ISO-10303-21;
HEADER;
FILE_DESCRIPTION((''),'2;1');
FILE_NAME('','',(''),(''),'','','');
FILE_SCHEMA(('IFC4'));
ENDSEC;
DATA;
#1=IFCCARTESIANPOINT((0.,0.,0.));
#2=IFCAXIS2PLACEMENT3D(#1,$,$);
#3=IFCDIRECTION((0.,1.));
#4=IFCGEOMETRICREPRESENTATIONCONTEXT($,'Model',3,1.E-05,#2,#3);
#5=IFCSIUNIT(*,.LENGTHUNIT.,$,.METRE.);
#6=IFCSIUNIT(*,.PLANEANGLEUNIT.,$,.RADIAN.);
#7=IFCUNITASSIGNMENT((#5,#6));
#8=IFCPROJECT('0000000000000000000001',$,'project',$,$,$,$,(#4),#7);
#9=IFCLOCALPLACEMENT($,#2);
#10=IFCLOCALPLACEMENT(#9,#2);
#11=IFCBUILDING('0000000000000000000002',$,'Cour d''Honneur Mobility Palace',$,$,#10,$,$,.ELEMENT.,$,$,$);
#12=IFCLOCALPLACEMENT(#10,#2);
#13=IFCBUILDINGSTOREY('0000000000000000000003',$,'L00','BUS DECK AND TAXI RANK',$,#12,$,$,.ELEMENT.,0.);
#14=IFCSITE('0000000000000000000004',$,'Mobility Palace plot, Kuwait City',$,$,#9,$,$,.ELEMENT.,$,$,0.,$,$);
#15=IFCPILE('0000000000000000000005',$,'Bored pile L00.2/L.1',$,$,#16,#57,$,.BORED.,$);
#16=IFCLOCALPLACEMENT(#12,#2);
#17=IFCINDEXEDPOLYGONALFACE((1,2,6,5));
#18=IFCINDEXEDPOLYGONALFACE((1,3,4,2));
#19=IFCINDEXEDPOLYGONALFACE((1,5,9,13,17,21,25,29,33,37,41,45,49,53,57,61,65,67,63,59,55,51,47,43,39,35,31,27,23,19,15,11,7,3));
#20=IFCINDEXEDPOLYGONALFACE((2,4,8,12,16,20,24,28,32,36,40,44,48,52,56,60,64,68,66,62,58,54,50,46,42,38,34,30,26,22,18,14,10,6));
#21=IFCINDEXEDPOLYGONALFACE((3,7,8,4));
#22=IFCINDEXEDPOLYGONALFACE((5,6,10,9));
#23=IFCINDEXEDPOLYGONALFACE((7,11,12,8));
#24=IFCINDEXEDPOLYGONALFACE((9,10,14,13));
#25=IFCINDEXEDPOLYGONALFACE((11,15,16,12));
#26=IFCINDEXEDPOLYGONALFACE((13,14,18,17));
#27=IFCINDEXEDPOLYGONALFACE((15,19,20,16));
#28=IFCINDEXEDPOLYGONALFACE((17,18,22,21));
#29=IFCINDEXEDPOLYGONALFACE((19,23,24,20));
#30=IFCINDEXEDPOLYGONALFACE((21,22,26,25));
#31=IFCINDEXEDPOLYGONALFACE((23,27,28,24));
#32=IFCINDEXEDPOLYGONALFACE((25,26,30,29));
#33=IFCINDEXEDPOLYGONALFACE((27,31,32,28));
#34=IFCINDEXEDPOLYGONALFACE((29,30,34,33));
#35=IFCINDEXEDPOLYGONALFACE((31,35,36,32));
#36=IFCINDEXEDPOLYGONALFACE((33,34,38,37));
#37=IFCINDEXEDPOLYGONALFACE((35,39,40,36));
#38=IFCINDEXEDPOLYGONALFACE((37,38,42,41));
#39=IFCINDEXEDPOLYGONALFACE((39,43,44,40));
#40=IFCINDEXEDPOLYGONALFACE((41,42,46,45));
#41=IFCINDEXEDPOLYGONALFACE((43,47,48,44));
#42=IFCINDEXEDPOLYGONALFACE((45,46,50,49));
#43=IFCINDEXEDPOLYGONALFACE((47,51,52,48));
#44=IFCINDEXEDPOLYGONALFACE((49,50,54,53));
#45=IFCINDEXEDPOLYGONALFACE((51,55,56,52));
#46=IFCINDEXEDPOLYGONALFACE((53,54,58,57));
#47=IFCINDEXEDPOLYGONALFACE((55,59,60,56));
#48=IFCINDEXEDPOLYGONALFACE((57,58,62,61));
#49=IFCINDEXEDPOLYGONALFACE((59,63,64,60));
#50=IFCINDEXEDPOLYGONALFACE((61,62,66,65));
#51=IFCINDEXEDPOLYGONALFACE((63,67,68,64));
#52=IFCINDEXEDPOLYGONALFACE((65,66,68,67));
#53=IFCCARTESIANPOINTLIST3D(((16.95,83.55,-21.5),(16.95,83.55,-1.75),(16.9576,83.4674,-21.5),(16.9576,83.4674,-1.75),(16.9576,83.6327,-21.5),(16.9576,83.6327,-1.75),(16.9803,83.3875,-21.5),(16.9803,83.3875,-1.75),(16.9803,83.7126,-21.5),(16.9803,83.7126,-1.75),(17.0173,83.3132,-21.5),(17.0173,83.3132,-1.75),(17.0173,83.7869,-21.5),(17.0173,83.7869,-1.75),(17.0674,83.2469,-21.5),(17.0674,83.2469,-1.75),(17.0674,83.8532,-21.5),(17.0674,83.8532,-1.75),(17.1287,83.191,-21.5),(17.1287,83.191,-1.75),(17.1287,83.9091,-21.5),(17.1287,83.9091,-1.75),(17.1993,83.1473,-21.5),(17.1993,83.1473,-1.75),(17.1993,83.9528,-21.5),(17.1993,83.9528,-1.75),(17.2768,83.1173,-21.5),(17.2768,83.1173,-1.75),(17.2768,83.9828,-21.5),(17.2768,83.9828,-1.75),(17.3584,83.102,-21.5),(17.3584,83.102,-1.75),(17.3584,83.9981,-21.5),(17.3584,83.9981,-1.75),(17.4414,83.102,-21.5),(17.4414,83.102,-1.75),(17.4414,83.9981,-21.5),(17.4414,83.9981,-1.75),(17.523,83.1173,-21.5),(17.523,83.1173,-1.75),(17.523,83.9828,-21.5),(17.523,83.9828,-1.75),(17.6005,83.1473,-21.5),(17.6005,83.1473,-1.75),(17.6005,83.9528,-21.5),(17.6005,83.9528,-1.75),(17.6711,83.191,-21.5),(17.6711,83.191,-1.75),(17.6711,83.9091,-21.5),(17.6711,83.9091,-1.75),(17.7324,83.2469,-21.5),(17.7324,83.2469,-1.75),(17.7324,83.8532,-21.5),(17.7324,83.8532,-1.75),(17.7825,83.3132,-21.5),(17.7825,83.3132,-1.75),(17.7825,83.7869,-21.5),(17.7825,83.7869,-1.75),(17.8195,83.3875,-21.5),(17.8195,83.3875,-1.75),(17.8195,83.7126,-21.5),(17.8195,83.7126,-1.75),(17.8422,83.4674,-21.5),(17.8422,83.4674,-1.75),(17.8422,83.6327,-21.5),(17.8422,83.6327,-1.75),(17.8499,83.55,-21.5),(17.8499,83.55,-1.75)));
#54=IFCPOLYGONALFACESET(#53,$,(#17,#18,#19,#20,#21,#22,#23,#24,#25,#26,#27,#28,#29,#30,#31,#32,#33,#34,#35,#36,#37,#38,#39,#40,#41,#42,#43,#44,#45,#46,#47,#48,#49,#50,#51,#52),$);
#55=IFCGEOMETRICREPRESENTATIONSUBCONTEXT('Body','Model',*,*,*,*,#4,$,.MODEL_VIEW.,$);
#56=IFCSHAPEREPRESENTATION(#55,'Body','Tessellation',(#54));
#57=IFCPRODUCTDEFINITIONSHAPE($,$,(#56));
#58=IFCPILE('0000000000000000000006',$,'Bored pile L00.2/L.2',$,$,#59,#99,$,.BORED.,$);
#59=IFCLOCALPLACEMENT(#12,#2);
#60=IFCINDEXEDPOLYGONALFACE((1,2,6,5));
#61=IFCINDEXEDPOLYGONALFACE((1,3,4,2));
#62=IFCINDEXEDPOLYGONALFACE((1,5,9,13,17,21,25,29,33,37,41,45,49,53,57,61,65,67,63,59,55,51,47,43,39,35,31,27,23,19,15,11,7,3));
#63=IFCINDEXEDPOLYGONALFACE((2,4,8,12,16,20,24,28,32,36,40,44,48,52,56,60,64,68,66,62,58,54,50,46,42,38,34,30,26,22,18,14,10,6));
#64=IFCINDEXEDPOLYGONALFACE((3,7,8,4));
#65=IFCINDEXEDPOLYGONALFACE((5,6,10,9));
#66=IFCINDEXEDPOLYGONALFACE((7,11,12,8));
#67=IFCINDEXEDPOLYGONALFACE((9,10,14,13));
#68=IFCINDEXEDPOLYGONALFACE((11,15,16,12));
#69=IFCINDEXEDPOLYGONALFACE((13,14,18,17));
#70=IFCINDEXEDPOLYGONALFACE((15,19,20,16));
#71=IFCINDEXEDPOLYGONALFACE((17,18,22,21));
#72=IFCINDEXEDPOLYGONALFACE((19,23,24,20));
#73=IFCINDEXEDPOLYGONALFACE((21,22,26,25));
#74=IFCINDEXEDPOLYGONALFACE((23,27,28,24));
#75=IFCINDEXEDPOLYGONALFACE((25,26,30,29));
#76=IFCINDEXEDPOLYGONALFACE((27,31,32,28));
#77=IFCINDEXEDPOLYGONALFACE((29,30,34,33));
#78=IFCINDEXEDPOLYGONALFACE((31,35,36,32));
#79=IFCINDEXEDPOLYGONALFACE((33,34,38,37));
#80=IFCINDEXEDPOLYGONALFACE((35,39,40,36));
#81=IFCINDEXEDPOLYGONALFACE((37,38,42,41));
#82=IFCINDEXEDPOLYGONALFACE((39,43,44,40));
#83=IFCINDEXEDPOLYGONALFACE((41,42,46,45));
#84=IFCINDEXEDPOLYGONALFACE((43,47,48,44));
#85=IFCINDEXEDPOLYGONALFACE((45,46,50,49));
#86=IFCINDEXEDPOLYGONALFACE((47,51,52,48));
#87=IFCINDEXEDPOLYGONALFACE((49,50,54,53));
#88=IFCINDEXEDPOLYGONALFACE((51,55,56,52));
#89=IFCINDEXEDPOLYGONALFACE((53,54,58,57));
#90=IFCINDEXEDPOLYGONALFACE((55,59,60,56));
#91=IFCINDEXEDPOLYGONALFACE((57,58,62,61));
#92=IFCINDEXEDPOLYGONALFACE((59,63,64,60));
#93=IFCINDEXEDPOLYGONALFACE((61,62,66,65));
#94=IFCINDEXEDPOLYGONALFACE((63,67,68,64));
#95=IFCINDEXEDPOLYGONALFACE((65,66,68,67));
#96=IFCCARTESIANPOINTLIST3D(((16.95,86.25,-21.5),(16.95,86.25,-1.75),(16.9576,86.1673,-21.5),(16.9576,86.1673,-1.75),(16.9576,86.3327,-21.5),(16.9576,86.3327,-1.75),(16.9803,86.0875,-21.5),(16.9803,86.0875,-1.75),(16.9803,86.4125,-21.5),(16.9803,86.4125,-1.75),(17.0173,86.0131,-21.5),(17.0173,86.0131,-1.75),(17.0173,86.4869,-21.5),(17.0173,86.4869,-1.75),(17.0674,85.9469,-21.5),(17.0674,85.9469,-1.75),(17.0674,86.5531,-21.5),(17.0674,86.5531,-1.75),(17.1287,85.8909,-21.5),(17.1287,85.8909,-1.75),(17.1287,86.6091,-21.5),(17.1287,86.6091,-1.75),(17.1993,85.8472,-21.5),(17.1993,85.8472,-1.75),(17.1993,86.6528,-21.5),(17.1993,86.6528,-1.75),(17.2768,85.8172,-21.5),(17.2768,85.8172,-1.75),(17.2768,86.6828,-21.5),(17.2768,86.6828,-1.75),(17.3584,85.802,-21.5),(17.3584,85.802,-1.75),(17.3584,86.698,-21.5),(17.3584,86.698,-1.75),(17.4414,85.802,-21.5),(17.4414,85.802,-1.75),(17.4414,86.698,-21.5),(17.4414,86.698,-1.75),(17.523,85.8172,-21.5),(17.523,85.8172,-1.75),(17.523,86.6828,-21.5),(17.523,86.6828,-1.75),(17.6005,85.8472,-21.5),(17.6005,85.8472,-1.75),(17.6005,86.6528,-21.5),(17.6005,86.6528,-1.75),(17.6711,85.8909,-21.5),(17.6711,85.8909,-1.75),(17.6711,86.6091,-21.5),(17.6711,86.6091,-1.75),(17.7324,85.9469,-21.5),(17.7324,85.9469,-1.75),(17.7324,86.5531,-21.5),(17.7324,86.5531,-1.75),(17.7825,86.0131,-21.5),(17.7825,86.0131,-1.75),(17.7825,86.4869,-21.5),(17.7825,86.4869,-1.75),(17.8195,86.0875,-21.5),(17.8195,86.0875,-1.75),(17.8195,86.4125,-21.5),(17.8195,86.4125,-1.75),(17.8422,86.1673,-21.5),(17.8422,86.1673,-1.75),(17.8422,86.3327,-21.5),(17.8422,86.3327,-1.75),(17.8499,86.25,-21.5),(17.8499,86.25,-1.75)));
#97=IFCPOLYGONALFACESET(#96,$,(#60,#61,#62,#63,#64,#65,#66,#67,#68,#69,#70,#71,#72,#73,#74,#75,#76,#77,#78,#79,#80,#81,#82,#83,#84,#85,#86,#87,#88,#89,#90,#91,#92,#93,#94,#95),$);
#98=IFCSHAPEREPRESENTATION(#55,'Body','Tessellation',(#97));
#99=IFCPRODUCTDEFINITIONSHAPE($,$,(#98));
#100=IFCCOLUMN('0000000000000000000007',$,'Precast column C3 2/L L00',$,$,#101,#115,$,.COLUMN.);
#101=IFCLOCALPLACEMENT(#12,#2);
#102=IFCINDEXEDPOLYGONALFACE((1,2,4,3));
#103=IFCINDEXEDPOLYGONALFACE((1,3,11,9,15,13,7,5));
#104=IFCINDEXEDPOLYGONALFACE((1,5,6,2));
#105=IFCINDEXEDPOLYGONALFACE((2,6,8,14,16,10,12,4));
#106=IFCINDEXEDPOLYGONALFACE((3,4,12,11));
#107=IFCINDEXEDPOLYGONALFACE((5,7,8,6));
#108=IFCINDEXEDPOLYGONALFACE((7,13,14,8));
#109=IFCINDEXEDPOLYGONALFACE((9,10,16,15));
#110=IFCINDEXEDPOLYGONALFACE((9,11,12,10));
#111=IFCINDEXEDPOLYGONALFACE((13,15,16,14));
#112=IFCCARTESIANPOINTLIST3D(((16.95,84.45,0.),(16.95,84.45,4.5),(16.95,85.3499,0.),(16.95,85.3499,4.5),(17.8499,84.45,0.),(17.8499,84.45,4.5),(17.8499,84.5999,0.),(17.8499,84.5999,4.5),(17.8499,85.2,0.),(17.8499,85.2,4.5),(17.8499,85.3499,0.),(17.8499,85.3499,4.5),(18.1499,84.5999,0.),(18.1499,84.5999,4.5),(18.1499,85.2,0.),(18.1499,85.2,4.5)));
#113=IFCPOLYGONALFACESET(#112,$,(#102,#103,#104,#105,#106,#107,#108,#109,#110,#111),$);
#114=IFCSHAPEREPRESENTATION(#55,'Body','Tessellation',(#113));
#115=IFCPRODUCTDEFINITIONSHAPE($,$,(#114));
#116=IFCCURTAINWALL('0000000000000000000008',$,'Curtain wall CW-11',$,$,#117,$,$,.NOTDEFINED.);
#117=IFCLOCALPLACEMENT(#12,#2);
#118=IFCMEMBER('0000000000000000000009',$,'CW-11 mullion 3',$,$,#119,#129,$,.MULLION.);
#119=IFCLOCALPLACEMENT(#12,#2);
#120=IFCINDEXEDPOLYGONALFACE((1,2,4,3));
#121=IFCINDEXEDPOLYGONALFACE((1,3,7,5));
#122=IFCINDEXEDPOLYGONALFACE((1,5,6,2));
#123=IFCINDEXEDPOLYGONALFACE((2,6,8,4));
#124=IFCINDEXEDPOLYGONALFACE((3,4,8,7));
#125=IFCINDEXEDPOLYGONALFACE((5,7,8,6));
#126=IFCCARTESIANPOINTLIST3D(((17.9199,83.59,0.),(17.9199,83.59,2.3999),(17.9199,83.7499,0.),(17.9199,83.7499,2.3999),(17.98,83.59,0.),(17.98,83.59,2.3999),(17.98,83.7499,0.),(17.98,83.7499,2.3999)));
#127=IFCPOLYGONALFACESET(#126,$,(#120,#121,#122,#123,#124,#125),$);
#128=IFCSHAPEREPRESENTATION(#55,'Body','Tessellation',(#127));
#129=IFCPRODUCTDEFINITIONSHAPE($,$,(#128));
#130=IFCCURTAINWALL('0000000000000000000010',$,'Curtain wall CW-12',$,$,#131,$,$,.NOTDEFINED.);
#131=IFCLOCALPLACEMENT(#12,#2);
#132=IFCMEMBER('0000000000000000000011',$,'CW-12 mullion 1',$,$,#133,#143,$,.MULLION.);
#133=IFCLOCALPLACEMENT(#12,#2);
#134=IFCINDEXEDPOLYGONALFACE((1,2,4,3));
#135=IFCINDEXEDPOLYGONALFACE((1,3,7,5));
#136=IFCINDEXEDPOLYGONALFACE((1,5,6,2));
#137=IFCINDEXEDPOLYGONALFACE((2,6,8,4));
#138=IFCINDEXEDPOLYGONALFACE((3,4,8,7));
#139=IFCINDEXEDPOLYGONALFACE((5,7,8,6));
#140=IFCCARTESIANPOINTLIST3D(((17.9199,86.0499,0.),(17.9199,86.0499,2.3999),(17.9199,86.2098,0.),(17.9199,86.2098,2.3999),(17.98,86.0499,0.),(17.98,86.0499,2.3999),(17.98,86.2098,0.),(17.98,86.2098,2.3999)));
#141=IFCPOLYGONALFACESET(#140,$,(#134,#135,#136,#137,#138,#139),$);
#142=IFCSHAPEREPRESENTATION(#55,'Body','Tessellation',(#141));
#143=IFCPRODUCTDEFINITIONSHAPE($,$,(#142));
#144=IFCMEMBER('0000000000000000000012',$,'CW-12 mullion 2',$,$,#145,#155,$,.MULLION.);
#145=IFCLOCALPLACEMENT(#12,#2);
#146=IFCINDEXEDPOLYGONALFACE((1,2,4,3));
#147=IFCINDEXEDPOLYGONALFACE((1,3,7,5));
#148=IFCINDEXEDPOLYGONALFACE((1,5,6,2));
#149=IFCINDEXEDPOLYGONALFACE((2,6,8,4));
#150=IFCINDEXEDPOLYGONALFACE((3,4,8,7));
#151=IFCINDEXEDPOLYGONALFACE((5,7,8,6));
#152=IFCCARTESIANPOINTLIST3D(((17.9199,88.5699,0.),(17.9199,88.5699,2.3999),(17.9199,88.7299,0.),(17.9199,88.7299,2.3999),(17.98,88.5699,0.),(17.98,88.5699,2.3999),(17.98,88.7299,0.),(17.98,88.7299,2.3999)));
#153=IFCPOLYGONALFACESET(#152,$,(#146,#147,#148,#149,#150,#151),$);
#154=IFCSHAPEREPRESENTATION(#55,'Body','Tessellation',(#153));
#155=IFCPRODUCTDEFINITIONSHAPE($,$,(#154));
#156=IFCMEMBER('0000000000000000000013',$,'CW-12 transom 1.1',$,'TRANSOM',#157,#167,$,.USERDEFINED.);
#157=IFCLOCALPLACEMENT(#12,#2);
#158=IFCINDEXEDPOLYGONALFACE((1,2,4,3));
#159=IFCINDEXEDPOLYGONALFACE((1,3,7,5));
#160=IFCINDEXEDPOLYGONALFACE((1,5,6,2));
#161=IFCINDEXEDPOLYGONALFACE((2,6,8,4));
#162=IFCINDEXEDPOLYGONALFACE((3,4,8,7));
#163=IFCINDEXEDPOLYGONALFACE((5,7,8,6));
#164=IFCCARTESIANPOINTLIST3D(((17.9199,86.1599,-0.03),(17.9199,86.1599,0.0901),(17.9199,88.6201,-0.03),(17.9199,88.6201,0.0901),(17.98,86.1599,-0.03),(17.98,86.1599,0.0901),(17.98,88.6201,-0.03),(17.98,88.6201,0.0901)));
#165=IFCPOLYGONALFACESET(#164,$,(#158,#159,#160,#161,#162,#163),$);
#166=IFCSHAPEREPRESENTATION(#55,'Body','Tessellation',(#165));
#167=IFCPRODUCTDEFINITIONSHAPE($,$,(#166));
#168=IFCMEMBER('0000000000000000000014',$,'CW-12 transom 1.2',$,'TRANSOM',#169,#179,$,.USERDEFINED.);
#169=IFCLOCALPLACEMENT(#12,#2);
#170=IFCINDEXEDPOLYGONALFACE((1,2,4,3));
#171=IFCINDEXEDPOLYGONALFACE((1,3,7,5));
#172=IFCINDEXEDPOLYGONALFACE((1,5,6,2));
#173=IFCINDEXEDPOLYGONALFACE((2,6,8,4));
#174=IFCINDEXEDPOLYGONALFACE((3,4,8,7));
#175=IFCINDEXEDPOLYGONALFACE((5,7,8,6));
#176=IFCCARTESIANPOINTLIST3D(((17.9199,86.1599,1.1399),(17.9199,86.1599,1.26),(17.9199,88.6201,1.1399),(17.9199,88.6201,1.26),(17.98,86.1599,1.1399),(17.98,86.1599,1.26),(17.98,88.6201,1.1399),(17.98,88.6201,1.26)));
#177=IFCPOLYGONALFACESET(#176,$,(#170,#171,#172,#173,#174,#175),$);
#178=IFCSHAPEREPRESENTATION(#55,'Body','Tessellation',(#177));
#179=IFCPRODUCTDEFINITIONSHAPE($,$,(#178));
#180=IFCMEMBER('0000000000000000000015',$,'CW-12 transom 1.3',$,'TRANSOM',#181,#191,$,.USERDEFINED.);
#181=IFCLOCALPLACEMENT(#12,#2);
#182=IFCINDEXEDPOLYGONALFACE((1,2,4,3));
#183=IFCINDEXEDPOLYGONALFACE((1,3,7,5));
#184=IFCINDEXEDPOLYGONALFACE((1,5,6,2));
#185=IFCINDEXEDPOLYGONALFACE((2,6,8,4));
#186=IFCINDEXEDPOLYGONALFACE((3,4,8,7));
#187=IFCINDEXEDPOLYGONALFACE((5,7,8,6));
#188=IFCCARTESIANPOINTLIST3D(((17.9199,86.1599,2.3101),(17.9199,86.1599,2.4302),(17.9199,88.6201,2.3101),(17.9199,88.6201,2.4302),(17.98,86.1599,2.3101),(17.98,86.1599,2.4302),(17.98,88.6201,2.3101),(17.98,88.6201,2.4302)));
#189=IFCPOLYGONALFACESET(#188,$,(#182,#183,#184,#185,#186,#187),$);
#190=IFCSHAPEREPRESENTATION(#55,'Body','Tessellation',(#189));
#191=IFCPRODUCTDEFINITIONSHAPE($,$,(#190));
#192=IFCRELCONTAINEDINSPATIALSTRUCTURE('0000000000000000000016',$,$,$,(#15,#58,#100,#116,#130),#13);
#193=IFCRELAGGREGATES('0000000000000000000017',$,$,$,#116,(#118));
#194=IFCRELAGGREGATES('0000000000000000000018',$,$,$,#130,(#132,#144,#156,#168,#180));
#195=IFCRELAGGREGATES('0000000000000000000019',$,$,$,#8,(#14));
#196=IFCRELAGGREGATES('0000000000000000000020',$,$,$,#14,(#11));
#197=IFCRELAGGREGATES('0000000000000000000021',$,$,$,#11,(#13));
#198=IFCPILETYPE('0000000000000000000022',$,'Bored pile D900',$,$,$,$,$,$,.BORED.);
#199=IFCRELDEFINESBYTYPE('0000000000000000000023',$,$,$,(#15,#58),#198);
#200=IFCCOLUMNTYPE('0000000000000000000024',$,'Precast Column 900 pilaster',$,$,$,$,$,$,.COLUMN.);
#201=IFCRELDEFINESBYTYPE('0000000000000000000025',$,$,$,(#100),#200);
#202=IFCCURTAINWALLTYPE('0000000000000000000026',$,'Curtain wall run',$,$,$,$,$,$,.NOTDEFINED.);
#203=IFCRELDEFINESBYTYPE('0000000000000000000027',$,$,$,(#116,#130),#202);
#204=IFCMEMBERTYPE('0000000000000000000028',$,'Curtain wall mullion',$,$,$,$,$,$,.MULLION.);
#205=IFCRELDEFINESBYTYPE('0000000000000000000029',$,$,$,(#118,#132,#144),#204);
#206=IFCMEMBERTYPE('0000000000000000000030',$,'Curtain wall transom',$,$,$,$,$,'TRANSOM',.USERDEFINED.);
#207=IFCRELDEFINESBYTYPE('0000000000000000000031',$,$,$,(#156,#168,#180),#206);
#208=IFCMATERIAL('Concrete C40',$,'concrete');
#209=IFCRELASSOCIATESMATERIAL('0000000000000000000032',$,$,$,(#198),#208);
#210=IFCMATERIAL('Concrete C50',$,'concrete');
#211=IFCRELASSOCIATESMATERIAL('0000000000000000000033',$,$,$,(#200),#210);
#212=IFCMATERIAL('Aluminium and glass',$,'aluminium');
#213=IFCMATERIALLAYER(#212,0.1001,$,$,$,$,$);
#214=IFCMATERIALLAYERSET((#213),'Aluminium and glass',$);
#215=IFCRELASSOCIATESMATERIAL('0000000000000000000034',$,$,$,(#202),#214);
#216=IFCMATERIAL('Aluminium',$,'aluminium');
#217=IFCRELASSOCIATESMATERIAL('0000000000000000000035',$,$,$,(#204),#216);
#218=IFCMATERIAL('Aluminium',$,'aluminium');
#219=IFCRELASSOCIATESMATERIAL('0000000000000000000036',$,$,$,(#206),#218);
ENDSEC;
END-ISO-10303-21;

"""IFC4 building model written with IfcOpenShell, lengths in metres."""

from ifc_helpers import new_model, si_unit, direction, frame, origin, origin_2d, place, context, subcontext, project, spatial, polyline, rectangle, circle, outline, extrude, material, layer, layer_set, material_profile, profile_set, type_object, element, aggregate, save


model = new_model("IFC4")

# Units and contexts
model_context = context("Model", 3, precision=1e-05, world=origin(), true_north=direction((0.0, 1.0)))
body_context = subcontext(model_context, "Body", "Model", "MODEL_VIEW")
ifc_project = project(units=[si_unit("LENGTHUNIT", "METRE"), si_unit("PLANEANGLEUNIT", "RADIAN")], contexts=[model_context])

# Site, building, storey
site_placement = place(None, origin())
site = spatial("IfcSite", under=ifc_project, at=site_placement, Name="Mobility Palace plot, Kuwait City", CompositionType="ELEMENT", RefElevation=0.0)
building_placement = place(site_placement, origin())
building = spatial("IfcBuilding", under=site, at=building_placement, Name="Cour d'Honneur Mobility Palace", CompositionType="ELEMENT")
storey_placement = place(building_placement, origin())
storey = spatial("IfcBuildingStorey", under=building, at=storey_placement, Name="L00", Description="BUS DECK AND TAXI RANK", CompositionType="ELEMENT", Elevation=0.0)

# Piles
ifc_material_1 = material(Name="Concrete C40", Category="concrete")
ifc_material_profile_1 = material_profile(ifc_material_1, circle(Radius=0.45, at=origin_2d()), Name="Bored pile D900")
ifc_profile_set_1 = profile_set([ifc_material_profile_1], Name="Concrete C40")
pile_type = type_object("IfcPileType", Name="Bored pile D900", PredefinedType="BORED", material=ifc_profile_set_1)
for number, where, z_axis, x_axis, name in (
    (1, (17.3999, 83.55, -1.75), (0.0, 0.0, -1.0), (1.0, 0.0, 0.0), "Bored pile L00.2/L.1"),
    (2, (17.3999, 86.25, -1.75), (0.0, 0.0, -1.0), (1.0, 0.0, 0.0), "Bored pile L00.2/L.2"),
):
    element("IfcPile", number, at=place(storey_placement, frame(where, z_axis=z_axis, x_axis=x_axis)), inside=storey, type_object=pile_type, Name=name, PredefinedType="BORED", context=body_context, shape_type="SweptSolid", body=[
        extrude(circle(Radius=0.45, at=origin_2d()), origin(), (0.0, 0.0, 1.0), 19.75),
    ])

# Column
ifc_material_2 = material(Name="Concrete C50", Category="concrete")
ifc_material_profile_2 = material_profile(ifc_material_2, outline(polyline([(-0.45, -0.45), (0.45, -0.45), (0.45, -0.3), (0.75, -0.3), (0.75, 0.3), (0.45, 0.3), (0.45, 0.45), (-0.45, 0.45), (-0.45, -0.45)])), Name="PC C900 pilaster")
ifc_profile_set_2 = profile_set([ifc_material_profile_2], Name="Concrete C50")
column_type = type_object("IfcColumnType", Name="Precast Column 900 pilaster", PredefinedType="COLUMN", material=ifc_profile_set_2)
column_placement = place(storey_placement, frame((17.3999, 84.8999, 0.0), z_axis=(0.0, 0.0, 1.0), x_axis=(1.0, 0.0, 0.0)))
element("IfcColumn", 3, at=column_placement, inside=storey, type_object=column_type, Name="Precast column C3 2/L L00", PredefinedType="COLUMN", context=body_context, shape_type="SweptSolid", body=[
    extrude(outline(polyline([(-0.45, -0.45), (0.45, -0.45), (0.45, -0.3), (0.75, -0.3), (0.75, 0.3), (0.45, 0.3), (0.45, 0.45), (-0.45, 0.45), (-0.45, -0.45)])), origin(), (0.0, 0.0, 1.0), 4.5),
])

# Curtain wall, member
ifc_material_3 = material(Name="Aluminium and glass", Category="aluminium")
ifc_layer_1 = layer(ifc_material_3, 0.1001)
ifc_layer_set_1 = layer_set([ifc_layer_1], Name="Aluminium and glass")
curtain_wall_type = type_object("IfcCurtainWallType", Name="Curtain wall run", PredefinedType="NOTDEFINED", material=ifc_layer_set_1)
curtain_wall_1_placement = place(storey_placement, origin())
curtain_wall_1 = element("IfcCurtainWall", 4, at=curtain_wall_1_placement, inside=storey, type_object=curtain_wall_type, Name="Curtain wall CW-11", PredefinedType="NOTDEFINED")
ifc_material_4 = material(Name="Aluminium", Category="aluminium")
ifc_material_profile_3 = material_profile(ifc_material_4, rectangle(XDim=0.0601, YDim=0.1599, at=origin_2d()), Name="Curtain wall mullion")
ifc_profile_set_3 = profile_set([ifc_material_profile_3], Name="Aluminium")
member_type_1 = type_object("IfcMemberType", Name="Curtain wall mullion", PredefinedType="MULLION", material=ifc_profile_set_3)
member_1_placement = place(storey_placement, frame((17.95, 83.6699, 0.0), z_axis=(0.0, 0.0, 1.0), x_axis=(-1.0, 0.0, 0.0)))
member_1 = element("IfcMember", 5, at=member_1_placement, type_object=member_type_1, Name="CW-11 mullion 3", PredefinedType="MULLION", context=body_context, shape_type="SweptSolid", body=[
    extrude(rectangle(XDim=0.0601, YDim=0.1599, at=origin_2d()), origin(), (0.0, 0.0, 1.0), 2.3999),
])

# Curtain wall, members
curtain_wall_2_placement = place(storey_placement, origin())
curtain_wall_2 = element("IfcCurtainWall", 6, at=curtain_wall_2_placement, inside=storey, type_object=curtain_wall_type, Name="Curtain wall CW-12", PredefinedType="NOTDEFINED")
member_2_placement = place(storey_placement, frame((17.95, 86.1299, 0.0), z_axis=(0.0, 0.0, 1.0), x_axis=(-1.0, 0.0, 0.0)))
member_2 = element("IfcMember", 7, at=member_2_placement, type_object=member_type_1, Name="CW-12 mullion 1", PredefinedType="MULLION", context=body_context, shape_type="SweptSolid", body=[
    extrude(rectangle(XDim=0.0601, YDim=0.1599, at=origin_2d()), origin(), (0.0, 0.0, 1.0), 2.3999),
])
member_3_placement = place(storey_placement, frame((17.95, 88.6499, 0.0), z_axis=(0.0, 0.0, 1.0), x_axis=(-1.0, 0.0, 0.0)))
member_3 = element("IfcMember", 8, at=member_3_placement, type_object=member_type_1, Name="CW-12 mullion 2", PredefinedType="MULLION", context=body_context, shape_type="SweptSolid", body=[
    extrude(rectangle(XDim=0.0601, YDim=0.1599, at=origin_2d()), origin(), (0.0, 0.0, 1.0), 2.3999),
])
ifc_material_5 = material(Name="Aluminium", Category="aluminium")
ifc_material_profile_4 = material_profile(ifc_material_5, rectangle(XDim=0.0601, YDim=0.1201, at=origin_2d()), Name="Curtain wall transom")
ifc_profile_set_4 = profile_set([ifc_material_profile_4], Name="Aluminium")
member_type_2 = type_object("IfcMemberType", Name="Curtain wall transom", ElementType="TRANSOM", PredefinedType="USERDEFINED", material=ifc_profile_set_4)
member_4_placement = place(storey_placement, frame((17.95, 86.1599, 0.03), z_axis=(0.0, 1.0, 0.0), x_axis=(-1.0, 0.0, 0.0)))
member_4 = element("IfcMember", 9, at=member_4_placement, type_object=member_type_2, Name="CW-12 transom 1.1", ObjectType="TRANSOM", PredefinedType="USERDEFINED", context=body_context, shape_type="SweptSolid", body=[
    extrude(rectangle(XDim=0.0601, YDim=0.1201, at=origin_2d()), origin(), (0.0, 0.0, 1.0), 2.4602),
])
member_5_placement = place(storey_placement, frame((17.95, 86.1599, 1.2), z_axis=(0.0, 1.0, 0.0), x_axis=(-1.0, 0.0, 0.0)))
member_5 = element("IfcMember", 10, at=member_5_placement, type_object=member_type_2, Name="CW-12 transom 1.2", ObjectType="TRANSOM", PredefinedType="USERDEFINED", context=body_context, shape_type="SweptSolid", body=[
    extrude(rectangle(XDim=0.0601, YDim=0.1201, at=origin_2d()), origin(), (0.0, 0.0, 1.0), 2.4602),
])
member_6_placement = place(storey_placement, frame((17.95, 86.1599, 2.3701), z_axis=(0.0, 1.0, 0.0), x_axis=(-1.0, 0.0, 0.0)))
member_6 = element("IfcMember", 11, at=member_6_placement, type_object=member_type_2, Name="CW-12 transom 1.3", ObjectType="TRANSOM", PredefinedType="USERDEFINED", context=body_context, shape_type="SweptSolid", body=[
    extrude(rectangle(XDim=0.0601, YDim=0.1201, at=origin_2d()), origin(), (0.0, 0.0, 1.0), 2.4602),
])

aggregate(curtain_wall_1, [member_1])
aggregate(curtain_wall_2, [member_2, member_3, member_4, member_5, member_6])

save(model, "model.ifc")
